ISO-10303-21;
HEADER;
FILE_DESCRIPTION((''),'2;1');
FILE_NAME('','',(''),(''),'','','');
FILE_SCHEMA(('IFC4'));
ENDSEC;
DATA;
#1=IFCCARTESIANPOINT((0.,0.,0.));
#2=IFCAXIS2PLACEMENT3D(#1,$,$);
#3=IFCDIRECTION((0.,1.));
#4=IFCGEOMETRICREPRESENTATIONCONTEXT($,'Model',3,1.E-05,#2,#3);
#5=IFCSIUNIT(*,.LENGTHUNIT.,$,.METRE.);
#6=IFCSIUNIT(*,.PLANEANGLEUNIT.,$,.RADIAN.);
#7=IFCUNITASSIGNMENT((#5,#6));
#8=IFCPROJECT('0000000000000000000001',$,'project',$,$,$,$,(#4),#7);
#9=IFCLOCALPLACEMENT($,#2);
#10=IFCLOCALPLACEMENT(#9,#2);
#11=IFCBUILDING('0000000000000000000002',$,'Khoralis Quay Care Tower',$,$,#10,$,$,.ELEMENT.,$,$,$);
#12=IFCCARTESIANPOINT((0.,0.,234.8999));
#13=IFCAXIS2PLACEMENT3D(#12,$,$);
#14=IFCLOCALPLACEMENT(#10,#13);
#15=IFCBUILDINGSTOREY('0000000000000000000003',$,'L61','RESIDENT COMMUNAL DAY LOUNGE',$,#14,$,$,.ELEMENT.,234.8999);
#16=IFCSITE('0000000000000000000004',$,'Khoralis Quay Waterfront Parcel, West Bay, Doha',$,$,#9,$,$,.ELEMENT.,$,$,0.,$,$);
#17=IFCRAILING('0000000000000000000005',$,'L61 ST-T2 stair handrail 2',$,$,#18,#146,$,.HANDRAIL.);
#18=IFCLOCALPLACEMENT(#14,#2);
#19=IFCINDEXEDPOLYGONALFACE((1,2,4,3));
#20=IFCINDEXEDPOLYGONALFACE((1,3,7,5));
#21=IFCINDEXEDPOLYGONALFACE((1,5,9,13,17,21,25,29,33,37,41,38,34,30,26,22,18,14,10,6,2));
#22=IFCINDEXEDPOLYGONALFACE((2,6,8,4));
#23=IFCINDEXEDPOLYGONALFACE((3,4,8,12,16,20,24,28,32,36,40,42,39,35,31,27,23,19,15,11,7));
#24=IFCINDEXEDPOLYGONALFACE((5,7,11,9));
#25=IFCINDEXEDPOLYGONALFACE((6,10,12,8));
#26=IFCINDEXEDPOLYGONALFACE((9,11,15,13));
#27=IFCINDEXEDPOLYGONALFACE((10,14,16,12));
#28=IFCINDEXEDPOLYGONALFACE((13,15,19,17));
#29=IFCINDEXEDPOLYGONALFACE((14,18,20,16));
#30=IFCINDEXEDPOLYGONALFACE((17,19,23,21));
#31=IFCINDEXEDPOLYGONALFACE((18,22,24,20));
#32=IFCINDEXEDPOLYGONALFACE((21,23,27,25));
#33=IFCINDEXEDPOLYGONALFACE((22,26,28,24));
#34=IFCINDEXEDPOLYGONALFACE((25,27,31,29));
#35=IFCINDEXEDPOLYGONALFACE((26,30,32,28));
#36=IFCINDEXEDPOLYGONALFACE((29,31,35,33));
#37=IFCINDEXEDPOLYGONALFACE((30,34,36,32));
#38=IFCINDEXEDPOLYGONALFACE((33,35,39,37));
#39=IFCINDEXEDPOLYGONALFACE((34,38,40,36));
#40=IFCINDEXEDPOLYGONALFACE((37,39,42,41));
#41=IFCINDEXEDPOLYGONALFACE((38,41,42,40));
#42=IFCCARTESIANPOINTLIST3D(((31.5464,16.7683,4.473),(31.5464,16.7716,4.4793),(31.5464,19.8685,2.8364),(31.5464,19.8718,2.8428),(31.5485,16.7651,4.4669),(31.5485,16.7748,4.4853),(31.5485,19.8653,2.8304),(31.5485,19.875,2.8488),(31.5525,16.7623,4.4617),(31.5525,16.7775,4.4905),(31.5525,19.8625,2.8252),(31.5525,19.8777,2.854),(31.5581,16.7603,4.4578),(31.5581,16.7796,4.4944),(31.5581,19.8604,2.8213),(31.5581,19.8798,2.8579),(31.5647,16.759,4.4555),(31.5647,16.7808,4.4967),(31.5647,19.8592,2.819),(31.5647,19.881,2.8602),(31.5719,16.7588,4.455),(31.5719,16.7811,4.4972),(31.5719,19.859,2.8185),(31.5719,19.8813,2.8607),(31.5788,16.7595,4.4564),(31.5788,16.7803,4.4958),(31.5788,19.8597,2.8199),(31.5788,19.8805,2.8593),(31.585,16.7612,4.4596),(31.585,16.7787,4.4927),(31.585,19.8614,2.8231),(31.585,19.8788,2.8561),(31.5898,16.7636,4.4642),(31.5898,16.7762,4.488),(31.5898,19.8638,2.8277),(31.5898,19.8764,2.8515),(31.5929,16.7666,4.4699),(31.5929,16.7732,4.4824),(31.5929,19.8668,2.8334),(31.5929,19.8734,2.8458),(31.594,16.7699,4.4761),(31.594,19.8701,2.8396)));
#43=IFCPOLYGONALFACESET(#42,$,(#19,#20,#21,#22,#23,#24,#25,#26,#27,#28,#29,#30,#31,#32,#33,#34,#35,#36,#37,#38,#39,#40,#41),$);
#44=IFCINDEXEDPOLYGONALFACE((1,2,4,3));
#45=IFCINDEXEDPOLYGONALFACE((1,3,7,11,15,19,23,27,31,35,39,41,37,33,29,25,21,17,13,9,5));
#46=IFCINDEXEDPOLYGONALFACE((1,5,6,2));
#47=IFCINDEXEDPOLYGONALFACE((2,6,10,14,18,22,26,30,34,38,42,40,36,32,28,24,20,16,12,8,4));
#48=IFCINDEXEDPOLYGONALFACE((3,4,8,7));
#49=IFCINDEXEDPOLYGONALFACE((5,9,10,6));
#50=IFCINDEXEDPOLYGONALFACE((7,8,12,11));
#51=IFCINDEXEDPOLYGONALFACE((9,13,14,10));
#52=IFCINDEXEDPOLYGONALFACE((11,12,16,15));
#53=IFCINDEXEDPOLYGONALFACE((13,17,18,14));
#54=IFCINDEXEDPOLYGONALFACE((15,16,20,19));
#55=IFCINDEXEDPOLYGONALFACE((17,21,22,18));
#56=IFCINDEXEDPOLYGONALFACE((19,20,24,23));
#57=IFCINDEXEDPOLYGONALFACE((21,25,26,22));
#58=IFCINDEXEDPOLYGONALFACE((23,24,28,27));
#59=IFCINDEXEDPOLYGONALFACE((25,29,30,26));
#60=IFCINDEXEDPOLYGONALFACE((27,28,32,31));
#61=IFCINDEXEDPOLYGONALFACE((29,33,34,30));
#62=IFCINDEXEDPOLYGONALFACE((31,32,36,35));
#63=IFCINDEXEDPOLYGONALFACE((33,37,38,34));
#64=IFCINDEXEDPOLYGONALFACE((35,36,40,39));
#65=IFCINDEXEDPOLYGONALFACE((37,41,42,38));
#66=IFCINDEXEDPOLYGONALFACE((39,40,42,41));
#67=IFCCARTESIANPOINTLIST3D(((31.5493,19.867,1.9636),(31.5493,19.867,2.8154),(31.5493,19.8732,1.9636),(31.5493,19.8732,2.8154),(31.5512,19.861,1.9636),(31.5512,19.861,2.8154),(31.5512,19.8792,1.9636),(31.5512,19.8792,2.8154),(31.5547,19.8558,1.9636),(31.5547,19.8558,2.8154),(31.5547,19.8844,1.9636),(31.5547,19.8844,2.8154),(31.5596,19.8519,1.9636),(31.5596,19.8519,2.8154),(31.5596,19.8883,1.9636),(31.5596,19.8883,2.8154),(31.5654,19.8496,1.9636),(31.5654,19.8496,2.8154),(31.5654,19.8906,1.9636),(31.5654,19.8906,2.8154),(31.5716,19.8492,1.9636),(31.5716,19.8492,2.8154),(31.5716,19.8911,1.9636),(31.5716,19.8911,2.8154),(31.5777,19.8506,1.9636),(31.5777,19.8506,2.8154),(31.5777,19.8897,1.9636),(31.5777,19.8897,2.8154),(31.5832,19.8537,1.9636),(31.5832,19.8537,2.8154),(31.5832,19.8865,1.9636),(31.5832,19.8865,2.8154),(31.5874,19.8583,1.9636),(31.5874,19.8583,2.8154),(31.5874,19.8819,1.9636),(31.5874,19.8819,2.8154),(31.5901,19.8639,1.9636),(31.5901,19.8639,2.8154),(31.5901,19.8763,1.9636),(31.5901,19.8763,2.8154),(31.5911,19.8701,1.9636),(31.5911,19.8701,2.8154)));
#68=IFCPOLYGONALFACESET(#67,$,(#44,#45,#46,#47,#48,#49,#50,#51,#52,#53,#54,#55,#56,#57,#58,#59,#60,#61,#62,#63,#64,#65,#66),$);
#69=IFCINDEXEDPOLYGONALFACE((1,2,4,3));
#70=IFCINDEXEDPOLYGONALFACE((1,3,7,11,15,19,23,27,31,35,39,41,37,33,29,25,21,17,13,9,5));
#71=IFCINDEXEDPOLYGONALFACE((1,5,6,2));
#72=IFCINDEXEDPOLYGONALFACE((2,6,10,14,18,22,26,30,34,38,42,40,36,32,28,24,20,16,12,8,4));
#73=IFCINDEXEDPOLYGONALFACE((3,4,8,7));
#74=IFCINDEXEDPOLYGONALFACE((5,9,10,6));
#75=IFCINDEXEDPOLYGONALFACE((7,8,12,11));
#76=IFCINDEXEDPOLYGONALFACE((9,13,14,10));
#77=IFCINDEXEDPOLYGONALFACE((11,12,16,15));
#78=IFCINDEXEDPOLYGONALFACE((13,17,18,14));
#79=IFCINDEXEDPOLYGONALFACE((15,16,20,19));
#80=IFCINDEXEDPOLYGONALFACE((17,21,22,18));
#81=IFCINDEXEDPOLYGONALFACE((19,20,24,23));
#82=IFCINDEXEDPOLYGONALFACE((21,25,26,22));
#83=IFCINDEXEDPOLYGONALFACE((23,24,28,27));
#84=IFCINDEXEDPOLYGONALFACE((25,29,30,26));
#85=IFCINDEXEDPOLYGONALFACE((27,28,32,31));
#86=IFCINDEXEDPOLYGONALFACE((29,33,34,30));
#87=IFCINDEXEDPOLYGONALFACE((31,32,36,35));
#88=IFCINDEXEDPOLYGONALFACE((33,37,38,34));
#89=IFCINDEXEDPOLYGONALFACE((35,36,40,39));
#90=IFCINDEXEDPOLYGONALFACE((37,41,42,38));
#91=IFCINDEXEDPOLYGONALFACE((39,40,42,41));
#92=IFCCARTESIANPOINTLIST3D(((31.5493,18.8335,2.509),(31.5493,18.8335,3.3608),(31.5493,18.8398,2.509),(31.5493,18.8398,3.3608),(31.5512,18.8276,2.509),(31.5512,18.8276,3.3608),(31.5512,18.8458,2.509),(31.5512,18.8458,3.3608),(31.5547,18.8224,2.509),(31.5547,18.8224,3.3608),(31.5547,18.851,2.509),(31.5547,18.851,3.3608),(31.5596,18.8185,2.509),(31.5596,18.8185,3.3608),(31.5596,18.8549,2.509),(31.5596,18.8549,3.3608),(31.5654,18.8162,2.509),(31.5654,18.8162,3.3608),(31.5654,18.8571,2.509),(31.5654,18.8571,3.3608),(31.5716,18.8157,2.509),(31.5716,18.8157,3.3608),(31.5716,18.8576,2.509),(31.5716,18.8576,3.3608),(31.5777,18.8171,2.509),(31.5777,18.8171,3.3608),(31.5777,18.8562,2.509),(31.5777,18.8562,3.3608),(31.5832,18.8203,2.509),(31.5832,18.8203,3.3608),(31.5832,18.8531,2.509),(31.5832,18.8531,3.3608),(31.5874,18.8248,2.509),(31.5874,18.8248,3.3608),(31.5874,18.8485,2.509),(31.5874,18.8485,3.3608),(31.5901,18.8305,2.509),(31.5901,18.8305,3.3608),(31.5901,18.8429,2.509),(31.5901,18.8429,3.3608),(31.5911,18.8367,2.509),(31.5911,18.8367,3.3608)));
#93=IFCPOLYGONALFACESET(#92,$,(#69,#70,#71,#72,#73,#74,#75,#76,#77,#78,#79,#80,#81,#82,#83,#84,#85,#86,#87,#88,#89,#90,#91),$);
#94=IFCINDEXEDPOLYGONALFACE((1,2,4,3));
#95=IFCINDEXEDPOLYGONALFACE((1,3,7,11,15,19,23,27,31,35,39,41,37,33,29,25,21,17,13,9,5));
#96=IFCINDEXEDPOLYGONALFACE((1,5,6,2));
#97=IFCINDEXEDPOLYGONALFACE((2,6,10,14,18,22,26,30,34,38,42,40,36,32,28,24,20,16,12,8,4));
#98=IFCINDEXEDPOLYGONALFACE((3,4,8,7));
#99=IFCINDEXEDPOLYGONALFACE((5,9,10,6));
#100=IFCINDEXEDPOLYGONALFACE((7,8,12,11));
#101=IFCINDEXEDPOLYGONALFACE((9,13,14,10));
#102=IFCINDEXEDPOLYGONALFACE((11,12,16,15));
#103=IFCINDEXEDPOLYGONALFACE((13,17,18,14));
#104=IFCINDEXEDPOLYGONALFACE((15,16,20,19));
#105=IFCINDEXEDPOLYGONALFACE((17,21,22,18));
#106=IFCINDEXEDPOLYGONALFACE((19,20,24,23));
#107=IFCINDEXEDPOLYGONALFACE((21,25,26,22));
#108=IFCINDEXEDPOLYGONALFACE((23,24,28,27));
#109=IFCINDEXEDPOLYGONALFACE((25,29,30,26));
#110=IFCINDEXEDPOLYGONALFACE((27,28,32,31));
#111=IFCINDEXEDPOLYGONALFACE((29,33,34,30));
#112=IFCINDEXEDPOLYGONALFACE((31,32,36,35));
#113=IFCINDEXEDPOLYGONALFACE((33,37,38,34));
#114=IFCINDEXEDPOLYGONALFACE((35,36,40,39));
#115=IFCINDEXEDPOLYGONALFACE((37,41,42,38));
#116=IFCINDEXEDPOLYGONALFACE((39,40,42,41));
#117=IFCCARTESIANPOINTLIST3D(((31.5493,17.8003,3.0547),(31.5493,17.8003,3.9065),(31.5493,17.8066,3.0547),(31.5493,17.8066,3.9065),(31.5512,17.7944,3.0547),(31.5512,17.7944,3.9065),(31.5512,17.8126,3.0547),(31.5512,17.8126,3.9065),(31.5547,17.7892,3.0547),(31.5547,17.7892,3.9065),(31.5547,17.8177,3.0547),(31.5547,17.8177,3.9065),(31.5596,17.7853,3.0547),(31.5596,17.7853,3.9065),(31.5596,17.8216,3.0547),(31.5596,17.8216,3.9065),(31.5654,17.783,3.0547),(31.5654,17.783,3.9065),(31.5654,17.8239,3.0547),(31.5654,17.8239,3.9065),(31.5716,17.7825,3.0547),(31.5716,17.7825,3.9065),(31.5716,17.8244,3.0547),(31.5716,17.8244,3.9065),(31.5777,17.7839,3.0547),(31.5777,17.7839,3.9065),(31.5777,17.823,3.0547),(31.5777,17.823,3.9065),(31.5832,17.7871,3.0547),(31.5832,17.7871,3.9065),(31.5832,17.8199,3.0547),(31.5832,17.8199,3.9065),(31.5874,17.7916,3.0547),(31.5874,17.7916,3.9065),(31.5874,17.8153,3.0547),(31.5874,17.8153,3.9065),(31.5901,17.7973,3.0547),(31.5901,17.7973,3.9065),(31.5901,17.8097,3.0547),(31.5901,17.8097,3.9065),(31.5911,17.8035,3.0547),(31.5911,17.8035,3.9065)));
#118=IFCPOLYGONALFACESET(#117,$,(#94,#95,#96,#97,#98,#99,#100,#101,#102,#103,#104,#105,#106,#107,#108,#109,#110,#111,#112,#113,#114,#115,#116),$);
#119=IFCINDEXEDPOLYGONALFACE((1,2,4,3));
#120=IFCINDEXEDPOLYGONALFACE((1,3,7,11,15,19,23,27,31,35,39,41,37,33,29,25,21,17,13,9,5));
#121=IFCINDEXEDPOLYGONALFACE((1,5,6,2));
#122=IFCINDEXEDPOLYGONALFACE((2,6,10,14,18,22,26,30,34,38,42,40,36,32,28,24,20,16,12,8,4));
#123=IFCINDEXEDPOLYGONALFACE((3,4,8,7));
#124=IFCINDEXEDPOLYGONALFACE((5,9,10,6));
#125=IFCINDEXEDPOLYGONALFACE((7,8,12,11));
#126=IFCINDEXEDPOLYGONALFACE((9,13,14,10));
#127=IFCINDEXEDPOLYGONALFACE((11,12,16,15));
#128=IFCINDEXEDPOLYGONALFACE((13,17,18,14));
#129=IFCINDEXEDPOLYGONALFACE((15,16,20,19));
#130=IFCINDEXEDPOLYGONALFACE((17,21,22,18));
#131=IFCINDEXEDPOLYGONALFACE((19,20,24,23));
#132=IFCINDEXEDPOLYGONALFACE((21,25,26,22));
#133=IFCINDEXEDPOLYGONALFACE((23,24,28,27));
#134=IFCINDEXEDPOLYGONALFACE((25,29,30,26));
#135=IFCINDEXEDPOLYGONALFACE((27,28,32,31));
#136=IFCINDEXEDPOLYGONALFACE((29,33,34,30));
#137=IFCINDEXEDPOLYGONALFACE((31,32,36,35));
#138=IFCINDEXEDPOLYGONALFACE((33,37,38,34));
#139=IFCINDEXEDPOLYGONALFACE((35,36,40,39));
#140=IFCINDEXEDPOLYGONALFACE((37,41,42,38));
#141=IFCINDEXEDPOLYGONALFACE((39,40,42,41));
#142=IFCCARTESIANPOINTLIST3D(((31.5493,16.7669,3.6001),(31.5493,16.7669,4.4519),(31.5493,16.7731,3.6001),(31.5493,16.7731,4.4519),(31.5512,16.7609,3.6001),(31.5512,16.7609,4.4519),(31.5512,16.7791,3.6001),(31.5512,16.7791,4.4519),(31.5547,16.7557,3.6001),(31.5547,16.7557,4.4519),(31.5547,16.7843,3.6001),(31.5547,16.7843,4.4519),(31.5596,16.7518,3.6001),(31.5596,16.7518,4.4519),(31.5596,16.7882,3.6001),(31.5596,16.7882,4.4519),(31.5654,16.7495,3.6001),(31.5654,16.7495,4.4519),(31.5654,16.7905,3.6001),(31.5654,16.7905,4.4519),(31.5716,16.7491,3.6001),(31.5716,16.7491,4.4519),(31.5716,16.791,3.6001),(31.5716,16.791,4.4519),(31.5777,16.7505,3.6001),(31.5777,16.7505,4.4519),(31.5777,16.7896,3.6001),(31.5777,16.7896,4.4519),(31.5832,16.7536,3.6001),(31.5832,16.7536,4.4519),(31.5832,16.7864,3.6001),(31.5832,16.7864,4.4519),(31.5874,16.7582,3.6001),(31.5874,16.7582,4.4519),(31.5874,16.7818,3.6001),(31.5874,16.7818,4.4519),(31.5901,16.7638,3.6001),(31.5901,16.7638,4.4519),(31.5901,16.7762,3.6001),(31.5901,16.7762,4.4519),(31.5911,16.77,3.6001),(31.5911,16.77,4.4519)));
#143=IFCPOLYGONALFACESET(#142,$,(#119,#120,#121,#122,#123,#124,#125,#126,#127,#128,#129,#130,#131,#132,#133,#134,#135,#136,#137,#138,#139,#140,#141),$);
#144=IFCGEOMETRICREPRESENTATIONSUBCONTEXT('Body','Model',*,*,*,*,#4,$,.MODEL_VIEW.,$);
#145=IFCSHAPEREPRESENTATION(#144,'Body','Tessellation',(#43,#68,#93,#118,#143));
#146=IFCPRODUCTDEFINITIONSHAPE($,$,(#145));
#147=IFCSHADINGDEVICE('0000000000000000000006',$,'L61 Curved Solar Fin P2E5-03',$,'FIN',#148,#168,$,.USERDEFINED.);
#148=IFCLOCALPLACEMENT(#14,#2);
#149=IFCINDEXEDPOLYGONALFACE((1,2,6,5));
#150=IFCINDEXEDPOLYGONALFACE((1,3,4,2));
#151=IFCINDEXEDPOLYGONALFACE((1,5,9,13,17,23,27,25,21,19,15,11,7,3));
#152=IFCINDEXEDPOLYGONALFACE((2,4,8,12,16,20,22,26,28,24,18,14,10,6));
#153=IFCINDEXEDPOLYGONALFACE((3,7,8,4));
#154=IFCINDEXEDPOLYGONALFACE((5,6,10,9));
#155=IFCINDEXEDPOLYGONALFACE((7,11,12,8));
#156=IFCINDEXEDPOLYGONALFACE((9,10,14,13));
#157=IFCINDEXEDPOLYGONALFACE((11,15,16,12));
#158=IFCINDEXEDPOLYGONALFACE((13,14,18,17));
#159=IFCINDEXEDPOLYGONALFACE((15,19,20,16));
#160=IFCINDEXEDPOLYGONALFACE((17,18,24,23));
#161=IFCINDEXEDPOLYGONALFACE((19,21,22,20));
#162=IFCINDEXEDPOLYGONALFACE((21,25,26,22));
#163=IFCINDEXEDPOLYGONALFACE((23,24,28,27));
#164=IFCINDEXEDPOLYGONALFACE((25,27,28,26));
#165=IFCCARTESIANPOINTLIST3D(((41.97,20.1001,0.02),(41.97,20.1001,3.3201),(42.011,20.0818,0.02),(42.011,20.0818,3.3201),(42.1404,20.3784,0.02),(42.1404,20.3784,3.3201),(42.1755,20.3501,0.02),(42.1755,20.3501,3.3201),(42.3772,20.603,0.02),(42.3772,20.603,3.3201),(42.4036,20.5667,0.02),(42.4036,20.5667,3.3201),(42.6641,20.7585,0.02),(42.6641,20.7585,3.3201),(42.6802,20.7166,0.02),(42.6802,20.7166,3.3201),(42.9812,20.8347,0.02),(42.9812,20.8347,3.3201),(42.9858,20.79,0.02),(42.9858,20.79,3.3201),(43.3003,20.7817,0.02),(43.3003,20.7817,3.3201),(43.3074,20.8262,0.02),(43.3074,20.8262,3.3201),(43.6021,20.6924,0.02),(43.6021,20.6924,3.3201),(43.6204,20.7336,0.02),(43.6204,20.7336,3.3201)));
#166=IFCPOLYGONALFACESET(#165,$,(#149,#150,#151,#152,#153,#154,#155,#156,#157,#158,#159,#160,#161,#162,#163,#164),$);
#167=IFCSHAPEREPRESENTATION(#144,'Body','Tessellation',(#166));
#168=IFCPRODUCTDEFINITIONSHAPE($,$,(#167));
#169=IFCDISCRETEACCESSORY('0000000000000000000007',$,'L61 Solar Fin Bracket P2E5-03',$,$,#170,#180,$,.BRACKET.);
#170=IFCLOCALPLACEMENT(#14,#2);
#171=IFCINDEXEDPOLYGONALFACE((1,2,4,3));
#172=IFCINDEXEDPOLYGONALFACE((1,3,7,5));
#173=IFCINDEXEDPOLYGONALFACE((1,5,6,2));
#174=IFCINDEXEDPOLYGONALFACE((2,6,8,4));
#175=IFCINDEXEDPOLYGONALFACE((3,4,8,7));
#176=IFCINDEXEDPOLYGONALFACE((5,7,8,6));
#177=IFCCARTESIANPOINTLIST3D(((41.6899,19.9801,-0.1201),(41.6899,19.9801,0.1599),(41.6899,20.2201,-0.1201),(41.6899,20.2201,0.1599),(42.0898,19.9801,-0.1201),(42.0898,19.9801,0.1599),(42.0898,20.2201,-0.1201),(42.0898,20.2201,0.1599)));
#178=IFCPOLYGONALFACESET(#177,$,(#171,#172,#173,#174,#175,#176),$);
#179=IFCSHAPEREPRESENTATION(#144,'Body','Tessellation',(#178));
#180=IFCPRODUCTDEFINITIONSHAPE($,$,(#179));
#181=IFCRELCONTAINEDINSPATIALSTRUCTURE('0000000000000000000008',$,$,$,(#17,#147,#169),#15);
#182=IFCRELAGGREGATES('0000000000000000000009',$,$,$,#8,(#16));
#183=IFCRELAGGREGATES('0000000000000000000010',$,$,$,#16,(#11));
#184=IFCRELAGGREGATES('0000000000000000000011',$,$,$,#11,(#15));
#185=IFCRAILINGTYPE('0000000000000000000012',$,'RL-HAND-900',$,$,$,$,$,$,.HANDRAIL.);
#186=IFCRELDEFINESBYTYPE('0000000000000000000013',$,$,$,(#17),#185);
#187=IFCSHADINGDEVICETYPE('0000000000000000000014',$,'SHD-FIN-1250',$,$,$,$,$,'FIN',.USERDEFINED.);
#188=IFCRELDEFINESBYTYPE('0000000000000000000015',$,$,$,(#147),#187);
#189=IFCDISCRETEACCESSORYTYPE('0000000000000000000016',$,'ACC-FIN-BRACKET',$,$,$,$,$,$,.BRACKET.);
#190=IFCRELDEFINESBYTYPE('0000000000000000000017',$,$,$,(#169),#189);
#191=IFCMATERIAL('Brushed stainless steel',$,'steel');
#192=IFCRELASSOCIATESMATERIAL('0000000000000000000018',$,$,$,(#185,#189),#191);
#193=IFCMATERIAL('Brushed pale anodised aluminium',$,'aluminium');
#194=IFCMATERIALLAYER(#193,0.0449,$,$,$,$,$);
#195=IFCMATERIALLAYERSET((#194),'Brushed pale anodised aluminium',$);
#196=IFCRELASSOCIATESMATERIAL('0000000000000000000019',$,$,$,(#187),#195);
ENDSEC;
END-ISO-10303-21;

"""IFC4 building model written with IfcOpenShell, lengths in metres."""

from ifc_helpers import new_model, si_unit, direction, frame, origin, origin_2d, place, context, subcontext, project, spatial, polyline, rectangle, circle, outline, extrude, source, transform, mapped, material, layer, layer_set, type_object, element, save


model = new_model("IFC4")

# Units and contexts
model_context = context("Model", 3, precision=1e-05, world=origin(), true_north=direction((0.0, 1.0)))
body_context = subcontext(model_context, "Body", "Model", "MODEL_VIEW")
ifc_project = project(units=[si_unit("LENGTHUNIT", "METRE"), si_unit("PLANEANGLEUNIT", "RADIAN")], contexts=[model_context])

# Site, building, storey
site_placement = place(None, origin())
site = spatial("IfcSite", under=ifc_project, at=site_placement, Name="Khoralis Quay Waterfront Parcel, West Bay, Doha", CompositionType="ELEMENT", RefElevation=0.0)
building_placement = place(site_placement, origin())
building = spatial("IfcBuilding", under=site, at=building_placement, Name="Khoralis Quay Care Tower", CompositionType="ELEMENT")
storey_placement = place(building_placement, frame((0.0, 0.0, 234.8999)))
storey = spatial("IfcBuildingStorey", under=building, at=storey_placement, Name="L61", Description="RESIDENT COMMUNAL DAY LOUNGE", CompositionType="ELEMENT", Elevation=234.8999)

# Railing
ifc_material_1 = material(Name="Brushed stainless steel", Category="steel")
railing_type_1 = type_object("IfcRailingType", Name="RL-HAND-900", PredefinedType="HANDRAIL", material=ifc_material_1)
railing_1_placement = place(storey_placement, frame((31.5701, 19.8701, 1.9636)))
element("IfcRailing", 1, at=railing_1_placement, inside=storey, type_object=railing_type_1, Name="L61 ST-T2 stair handrail 2", PredefinedType="HANDRAIL", context=body_context, shape_type="SweptSolid", body=[
    extrude(circle(Radius=0.0239, at=origin_2d()), frame((0.0, 0.0, 0.876), z_axis=(0.0, -0.884348, 0.466828), x_axis=(1.0, 0.0, 0.0)), (0.0, 0.0, 1.0), 3.5056),
    extrude(circle(Radius=0.021, at=origin_2d()), origin(), (0.0, 0.0, 1.0), 0.8518),
    extrude(circle(Radius=0.021, at=origin_2d()), frame((0.0, -1.0334, 0.5454)), (0.0, 0.0, 1.0), 0.8518),
    extrude(circle(Radius=0.021, at=origin_2d()), frame((0.0, -2.0667, 1.0911)), (0.0, 0.0, 1.0), 0.8518),
    extrude(circle(Radius=0.021, at=origin_2d()), frame((0.0, -3.1001, 1.6365)), (0.0, 0.0, 1.0), 0.8518),
])

# Shading device
ifc_material_2 = material(Name="Brushed pale anodised aluminium", Category="aluminium")
ifc_layer_1 = layer(ifc_material_2, 0.0449)
ifc_layer_set_1 = layer_set([ifc_layer_1], Name="Brushed pale anodised aluminium")
shading_device_type = type_object("IfcShadingDeviceType", Name="SHD-FIN-1250", ElementType="FIN", PredefinedType="USERDEFINED", material=ifc_layer_set_1)
shared_shape_1 = source(origin(), body_context, "Body", "SweptSolid", [
    extrude(outline(polyline([(0.0, 0.0), (0.1704, 0.2783), (0.4072, 0.5029), (0.6941, 0.6584), (1.0112, 0.7346), (1.3374, 0.7261), (1.6504, 0.6335), (1.6321, 0.5923), (1.3303, 0.6816), (1.0159, 0.6899), (0.7102, 0.6165), (0.4336, 0.4666), (0.2056, 0.25), (0.041, -0.0183), (0.0, 0.0)])), origin(), (0.0, 0.0, 1.0), 3.3),
])
shading_device_placement = place(storey_placement, frame((41.97, 20.1001, 0.02), z_axis=(0.0, 0.0, 1.0), x_axis=(1.0, 0.0, 0.0)))
element("IfcShadingDevice", 2, at=shading_device_placement, inside=storey, type_object=shading_device_type, Name="L61 Curved Solar Fin P2E5-03", ObjectType="FIN", PredefinedType="USERDEFINED", context=body_context, shape_type="MappedRepresentation", body=[
    mapped(shared_shape_1, transform((0.0, 0.0, 0.0), scale=1.0)),
])

# Discrete accessory
discrete_accessory_type = type_object("IfcDiscreteAccessoryType", Name="ACC-FIN-BRACKET", PredefinedType="BRACKET", material=ifc_material_1)
shared_shape_2 = source(origin(), body_context, "Body", "SweptSolid", [
    extrude(rectangle(XDim=0.3999, YDim=0.24, at=origin_2d()), origin(), (0.0, 0.0, 1.0), 0.28),
])
discrete_accessory_placement = place(storey_placement, frame((41.8899, 20.1001, -0.1201), z_axis=(0.0, 0.0, 1.0), x_axis=(1.0, 0.0, 0.0)))
element("IfcDiscreteAccessory", 3, at=discrete_accessory_placement, inside=storey, type_object=discrete_accessory_type, Name="L61 Solar Fin Bracket P2E5-03", PredefinedType="BRACKET", context=body_context, shape_type="MappedRepresentation", body=[
    mapped(shared_shape_2, transform((0.0, 0.0, 0.0), scale=1.0)),
])

save(model, "model.ifc")
